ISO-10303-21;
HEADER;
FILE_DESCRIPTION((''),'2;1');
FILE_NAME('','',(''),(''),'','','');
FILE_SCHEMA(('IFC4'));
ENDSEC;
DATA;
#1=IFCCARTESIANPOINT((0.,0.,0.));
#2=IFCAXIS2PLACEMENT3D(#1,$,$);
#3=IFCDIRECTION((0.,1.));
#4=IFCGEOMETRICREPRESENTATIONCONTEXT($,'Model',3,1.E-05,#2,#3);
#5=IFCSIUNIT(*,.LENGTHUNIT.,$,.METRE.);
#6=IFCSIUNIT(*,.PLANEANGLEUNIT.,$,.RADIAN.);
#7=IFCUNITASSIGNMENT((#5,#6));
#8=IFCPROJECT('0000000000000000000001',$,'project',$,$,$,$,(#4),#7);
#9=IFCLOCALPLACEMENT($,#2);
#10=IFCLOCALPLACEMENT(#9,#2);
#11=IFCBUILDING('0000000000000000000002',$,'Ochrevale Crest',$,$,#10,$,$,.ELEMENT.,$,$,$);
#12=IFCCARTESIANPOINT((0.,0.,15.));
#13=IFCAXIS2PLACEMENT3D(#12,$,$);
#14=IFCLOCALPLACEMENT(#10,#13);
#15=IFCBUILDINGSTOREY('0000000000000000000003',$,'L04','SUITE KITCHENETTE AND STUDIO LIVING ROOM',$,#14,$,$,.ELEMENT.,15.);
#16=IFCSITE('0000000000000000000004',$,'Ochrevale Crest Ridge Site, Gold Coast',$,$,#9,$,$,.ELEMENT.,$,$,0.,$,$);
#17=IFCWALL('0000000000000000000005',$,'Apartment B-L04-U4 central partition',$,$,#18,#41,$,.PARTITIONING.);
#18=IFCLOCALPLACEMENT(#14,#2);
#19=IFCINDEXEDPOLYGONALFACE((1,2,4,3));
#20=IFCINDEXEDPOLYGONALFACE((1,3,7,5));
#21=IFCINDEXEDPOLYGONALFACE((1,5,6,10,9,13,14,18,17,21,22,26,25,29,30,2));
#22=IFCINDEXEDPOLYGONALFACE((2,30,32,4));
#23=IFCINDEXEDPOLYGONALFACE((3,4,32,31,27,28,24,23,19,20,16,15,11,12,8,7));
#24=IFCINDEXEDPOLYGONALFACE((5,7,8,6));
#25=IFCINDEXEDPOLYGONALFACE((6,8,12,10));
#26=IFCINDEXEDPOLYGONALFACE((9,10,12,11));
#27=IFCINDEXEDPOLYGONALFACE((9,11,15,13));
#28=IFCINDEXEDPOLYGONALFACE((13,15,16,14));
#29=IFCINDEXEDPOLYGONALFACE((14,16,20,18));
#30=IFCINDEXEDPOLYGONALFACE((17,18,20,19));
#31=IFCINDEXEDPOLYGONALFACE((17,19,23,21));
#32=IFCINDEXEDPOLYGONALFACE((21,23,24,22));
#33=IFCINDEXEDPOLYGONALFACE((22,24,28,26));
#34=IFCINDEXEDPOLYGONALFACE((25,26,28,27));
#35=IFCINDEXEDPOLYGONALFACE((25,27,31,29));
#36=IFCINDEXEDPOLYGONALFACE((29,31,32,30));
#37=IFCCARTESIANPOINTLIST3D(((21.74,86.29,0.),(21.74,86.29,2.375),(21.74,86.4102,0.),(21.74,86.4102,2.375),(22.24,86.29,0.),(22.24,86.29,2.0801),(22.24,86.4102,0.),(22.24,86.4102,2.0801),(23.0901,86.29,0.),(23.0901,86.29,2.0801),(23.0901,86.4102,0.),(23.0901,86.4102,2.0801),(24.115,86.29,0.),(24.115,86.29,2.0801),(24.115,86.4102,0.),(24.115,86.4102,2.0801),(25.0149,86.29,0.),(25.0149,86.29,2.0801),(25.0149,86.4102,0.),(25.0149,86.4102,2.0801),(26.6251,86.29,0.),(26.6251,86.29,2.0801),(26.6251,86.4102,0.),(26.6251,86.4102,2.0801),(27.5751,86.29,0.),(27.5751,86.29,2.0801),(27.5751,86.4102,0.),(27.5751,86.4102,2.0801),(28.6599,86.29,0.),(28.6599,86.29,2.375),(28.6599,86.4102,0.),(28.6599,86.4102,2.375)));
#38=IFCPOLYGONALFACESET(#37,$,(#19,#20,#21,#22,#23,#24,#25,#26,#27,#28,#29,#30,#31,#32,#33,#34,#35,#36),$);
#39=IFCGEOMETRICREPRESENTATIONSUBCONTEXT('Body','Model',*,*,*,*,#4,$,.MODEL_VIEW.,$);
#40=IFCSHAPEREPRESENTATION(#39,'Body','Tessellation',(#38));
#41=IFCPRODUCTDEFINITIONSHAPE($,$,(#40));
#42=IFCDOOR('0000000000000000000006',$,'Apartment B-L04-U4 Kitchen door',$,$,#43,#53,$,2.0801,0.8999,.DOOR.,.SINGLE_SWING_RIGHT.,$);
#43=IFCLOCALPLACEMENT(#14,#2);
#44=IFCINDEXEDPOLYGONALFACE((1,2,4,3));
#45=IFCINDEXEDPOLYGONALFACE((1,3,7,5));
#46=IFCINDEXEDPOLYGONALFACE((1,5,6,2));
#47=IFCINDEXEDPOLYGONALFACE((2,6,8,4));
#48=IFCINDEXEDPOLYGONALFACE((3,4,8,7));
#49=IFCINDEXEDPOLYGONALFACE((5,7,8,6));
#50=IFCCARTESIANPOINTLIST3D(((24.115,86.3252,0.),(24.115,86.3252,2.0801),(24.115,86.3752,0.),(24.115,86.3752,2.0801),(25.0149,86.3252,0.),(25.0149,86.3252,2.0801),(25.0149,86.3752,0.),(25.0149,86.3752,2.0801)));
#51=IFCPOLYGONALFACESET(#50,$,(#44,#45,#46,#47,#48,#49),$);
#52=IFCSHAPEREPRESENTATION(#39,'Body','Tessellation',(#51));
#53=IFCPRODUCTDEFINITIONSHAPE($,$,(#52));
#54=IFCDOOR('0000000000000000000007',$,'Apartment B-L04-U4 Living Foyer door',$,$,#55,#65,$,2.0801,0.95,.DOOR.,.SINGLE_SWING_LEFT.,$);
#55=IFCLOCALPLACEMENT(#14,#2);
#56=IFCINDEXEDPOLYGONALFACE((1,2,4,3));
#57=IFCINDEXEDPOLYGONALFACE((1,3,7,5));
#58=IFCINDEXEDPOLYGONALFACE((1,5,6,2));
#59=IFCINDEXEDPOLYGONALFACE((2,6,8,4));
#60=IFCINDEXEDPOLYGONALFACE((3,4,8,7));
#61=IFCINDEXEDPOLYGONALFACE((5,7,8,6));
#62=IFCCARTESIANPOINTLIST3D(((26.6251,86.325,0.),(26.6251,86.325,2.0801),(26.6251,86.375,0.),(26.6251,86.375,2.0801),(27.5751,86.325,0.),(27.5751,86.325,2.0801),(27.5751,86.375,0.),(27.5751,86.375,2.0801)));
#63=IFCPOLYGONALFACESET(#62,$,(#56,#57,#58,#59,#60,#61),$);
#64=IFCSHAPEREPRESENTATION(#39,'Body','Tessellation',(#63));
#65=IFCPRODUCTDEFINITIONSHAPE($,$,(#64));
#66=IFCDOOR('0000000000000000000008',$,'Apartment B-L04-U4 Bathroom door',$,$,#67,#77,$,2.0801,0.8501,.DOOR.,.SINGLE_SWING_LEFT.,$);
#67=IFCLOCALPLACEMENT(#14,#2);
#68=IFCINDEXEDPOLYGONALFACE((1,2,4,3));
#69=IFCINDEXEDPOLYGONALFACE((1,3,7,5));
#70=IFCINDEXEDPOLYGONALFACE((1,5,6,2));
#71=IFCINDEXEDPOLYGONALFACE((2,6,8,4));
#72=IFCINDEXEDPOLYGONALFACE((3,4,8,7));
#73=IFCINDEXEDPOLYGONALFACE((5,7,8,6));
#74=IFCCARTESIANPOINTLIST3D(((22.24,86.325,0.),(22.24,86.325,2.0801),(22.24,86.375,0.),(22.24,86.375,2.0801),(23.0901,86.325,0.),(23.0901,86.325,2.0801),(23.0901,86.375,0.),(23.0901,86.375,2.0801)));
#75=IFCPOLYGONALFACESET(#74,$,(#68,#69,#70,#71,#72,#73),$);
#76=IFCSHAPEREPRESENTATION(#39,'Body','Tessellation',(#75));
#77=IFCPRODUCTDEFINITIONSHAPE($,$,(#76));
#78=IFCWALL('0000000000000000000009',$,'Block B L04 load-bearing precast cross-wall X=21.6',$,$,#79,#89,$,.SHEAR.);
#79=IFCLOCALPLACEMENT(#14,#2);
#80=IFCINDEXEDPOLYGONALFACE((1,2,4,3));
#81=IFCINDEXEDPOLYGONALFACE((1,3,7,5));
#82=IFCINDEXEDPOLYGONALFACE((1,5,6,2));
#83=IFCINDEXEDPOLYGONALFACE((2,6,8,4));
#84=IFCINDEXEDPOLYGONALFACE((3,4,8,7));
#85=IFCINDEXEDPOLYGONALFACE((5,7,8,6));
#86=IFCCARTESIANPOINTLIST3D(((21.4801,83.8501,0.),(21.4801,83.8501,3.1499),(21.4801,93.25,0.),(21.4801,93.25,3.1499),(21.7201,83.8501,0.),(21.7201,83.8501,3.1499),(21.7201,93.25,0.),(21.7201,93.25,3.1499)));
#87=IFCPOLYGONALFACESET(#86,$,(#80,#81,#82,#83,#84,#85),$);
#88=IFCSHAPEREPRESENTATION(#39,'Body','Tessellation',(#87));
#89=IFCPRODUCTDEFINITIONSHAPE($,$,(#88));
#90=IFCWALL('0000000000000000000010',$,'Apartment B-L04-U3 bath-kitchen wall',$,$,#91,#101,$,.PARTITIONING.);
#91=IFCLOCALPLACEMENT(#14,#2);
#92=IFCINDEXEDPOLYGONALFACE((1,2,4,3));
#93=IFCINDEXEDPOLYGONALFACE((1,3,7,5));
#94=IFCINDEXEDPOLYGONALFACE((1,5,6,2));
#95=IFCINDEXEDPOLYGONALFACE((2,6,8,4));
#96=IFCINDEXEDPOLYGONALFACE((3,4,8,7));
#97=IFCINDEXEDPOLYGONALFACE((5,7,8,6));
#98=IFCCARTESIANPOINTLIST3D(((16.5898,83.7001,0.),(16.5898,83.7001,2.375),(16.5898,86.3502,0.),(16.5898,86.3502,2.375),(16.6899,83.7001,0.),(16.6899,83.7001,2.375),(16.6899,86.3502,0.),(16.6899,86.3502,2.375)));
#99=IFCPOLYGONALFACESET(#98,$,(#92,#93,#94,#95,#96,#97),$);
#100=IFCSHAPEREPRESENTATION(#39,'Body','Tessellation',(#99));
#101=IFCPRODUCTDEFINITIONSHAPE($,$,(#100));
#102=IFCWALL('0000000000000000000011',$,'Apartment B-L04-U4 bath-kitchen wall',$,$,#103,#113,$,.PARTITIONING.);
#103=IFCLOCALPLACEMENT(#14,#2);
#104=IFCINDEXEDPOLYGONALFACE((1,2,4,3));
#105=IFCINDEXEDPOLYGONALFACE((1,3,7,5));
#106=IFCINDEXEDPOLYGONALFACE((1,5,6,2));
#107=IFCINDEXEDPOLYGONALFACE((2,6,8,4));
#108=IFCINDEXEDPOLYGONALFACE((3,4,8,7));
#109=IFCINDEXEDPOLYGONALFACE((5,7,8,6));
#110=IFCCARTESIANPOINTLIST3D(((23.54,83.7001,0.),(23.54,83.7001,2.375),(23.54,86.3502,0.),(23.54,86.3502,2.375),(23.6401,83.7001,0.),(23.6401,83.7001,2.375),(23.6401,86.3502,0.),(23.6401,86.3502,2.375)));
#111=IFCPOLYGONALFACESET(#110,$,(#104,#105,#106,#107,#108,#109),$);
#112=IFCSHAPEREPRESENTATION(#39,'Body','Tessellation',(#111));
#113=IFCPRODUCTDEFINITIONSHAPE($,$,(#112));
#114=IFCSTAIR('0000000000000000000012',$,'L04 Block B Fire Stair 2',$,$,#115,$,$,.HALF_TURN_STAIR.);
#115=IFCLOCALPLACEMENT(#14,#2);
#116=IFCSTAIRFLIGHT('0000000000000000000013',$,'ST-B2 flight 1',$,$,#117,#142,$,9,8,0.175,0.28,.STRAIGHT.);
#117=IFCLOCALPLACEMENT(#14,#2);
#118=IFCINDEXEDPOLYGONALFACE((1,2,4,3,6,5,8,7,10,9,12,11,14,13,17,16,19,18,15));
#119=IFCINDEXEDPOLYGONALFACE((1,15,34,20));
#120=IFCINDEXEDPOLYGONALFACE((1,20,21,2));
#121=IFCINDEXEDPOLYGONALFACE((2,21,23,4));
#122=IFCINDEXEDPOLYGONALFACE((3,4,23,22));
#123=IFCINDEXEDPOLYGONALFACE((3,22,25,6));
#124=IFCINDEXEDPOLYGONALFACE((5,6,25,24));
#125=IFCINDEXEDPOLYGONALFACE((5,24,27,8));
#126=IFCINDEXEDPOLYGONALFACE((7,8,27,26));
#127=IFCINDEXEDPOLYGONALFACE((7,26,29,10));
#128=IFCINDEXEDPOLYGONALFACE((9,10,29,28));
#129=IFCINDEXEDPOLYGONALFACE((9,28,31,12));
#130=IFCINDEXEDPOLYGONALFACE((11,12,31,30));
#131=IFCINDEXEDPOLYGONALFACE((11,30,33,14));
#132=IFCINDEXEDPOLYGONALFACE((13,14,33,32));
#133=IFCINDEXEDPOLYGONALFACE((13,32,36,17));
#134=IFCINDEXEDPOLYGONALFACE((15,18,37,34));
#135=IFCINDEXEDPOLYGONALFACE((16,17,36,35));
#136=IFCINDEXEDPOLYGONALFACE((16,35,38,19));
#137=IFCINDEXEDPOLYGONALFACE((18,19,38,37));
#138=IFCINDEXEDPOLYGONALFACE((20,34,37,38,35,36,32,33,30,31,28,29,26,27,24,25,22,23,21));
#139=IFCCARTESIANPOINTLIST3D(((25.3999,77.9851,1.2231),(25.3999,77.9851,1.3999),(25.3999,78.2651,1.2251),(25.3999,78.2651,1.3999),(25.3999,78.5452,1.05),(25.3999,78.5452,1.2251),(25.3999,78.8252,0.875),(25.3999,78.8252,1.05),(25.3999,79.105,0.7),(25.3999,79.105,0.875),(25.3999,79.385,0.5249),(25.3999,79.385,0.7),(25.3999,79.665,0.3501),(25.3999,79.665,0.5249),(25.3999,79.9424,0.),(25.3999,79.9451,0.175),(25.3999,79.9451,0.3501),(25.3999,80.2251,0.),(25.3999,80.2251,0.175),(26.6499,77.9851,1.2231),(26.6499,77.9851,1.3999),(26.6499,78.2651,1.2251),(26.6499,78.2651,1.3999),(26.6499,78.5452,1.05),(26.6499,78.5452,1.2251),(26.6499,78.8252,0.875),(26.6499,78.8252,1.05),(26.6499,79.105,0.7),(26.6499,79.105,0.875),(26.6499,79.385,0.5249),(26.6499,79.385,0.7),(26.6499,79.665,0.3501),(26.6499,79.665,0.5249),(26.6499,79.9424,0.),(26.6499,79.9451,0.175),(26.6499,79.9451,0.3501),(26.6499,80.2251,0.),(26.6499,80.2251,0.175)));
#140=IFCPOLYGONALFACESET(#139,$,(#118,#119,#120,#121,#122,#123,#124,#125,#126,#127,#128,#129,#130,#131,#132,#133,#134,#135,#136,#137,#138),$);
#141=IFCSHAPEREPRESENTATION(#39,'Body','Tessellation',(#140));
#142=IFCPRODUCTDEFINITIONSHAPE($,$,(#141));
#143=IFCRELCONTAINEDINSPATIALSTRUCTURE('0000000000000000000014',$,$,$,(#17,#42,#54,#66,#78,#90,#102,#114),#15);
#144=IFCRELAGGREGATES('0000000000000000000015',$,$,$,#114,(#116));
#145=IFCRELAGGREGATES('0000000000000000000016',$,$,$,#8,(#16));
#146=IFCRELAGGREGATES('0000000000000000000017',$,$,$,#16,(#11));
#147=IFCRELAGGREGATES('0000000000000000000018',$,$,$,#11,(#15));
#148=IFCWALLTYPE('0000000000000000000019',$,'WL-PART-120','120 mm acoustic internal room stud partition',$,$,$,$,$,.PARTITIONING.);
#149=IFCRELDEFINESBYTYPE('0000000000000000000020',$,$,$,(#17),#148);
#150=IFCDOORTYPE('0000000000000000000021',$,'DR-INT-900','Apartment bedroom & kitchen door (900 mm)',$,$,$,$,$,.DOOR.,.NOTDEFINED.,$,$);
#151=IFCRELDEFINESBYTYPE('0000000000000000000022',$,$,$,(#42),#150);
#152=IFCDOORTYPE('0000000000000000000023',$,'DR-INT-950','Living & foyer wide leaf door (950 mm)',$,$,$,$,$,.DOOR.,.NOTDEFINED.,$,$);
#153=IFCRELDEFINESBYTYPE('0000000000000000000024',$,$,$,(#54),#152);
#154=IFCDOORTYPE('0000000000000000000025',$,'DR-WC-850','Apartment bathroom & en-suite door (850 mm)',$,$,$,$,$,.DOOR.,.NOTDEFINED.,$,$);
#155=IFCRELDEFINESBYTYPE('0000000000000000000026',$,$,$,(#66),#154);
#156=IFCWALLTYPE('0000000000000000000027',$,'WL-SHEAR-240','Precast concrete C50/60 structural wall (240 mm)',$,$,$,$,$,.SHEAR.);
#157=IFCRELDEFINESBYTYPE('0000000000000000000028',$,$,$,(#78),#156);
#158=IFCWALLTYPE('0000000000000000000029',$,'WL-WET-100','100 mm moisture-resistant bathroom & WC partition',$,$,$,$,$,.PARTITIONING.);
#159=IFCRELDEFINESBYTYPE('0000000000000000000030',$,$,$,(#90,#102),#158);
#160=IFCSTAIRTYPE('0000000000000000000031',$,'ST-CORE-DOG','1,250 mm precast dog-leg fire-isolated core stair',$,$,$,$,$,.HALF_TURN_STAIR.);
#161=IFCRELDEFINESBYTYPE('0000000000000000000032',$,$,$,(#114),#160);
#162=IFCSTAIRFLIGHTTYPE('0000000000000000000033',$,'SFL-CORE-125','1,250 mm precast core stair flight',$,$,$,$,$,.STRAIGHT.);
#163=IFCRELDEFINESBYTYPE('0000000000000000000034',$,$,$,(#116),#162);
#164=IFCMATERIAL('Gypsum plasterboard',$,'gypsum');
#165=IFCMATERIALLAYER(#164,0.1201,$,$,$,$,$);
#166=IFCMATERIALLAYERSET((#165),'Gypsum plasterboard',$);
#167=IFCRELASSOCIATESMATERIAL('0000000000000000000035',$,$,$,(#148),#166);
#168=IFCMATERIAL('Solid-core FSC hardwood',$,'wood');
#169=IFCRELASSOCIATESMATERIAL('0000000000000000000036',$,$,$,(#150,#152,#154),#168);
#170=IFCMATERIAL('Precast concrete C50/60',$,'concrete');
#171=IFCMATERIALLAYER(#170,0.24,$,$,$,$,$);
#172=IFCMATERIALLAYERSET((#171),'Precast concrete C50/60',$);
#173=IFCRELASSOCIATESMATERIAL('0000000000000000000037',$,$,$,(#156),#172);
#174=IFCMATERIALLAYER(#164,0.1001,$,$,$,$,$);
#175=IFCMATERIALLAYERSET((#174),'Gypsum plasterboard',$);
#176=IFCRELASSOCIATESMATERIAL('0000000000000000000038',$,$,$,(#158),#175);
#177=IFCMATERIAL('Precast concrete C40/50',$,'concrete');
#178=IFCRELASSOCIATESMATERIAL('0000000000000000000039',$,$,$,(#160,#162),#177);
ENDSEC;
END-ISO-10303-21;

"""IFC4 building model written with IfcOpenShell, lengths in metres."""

from ifc_helpers import new_model, si_unit, direction, frame, frame_2d, origin, place, context, subcontext, project, spatial, polyline, rectangle, outline, extrude, material, layer, layer_set, type_object, element, fill, aggregate, save


model = new_model("IFC4")

# Units and contexts
model_context = context("Model", 3, precision=1e-05, world=origin(), true_north=direction((0.0, 1.0)))
body_context = subcontext(model_context, "Body", "Model", "MODEL_VIEW")
ifc_project = project(units=[si_unit("LENGTHUNIT", "METRE"), si_unit("PLANEANGLEUNIT", "RADIAN")], contexts=[model_context])

# Site, building, storey
site_placement = place(None, origin())
site = spatial("IfcSite", under=ifc_project, at=site_placement, Name="Ochrevale Crest Ridge Site, Gold Coast", CompositionType="ELEMENT", RefElevation=0.0)
building_placement = place(site_placement, origin())
building = spatial("IfcBuilding", under=site, at=building_placement, Name="Ochrevale Crest", CompositionType="ELEMENT")
storey_placement = place(building_placement, frame((0.0, 0.0, 15.0)))
storey = spatial("IfcBuildingStorey", under=building, at=storey_placement, Name="L04", Description="SUITE KITCHENETTE AND STUDIO LIVING ROOM", CompositionType="ELEMENT", Elevation=15.0)

# Shared definitions
ifc_material_1 = material(Name="Precast concrete C50/60", Category="concrete")

# Shared definitions
ifc_material_2 = material(Name="Gypsum plasterboard", Category="gypsum")
ifc_material_3 = material(Name="Solid-core FSC hardwood", Category="wood")

# Shared definitions
ifc_layer_1 = layer(ifc_material_2, 0.1201)
ifc_layer_set_1 = layer_set([ifc_layer_1], Name="Gypsum plasterboard")
wall_type_1 = type_object("IfcWallType", Name="WL-PART-120", Description="120 mm acoustic internal room stud partition", PredefinedType="PARTITIONING", material=ifc_layer_set_1)

# Wall, openings, doors
wall_1_placement = place(storey_placement, frame((21.74, 86.3501, 0.0), z_axis=(0.0, 0.0, 1.0), x_axis=(1.0, 0.0, 0.0)))
wall_1 = element("IfcWall", 1, at=wall_1_placement, inside=storey, type_object=wall_type_1, Name="Apartment B-L04-U4 central partition", PredefinedType="PARTITIONING", context=body_context, shape_type="SweptSolid", body=[
    extrude(rectangle(XDim=6.9199, YDim=0.1201, at=frame_2d((3.46, 0.0))), origin(), (0.0, 0.0, 1.0), 2.375),
])
opening_1_placement = place(wall_1_placement, frame((0.5, 0.0, 0.0)))
opening_1 = element("IfcOpeningElement", 2, at=opening_1_placement, cuts=wall_1, PredefinedType="OPENING", context=body_context, shape_type="SweptSolid", body=[
    extrude(rectangle(XDim=0.8501, YDim=2.0801, at=frame_2d((0.425, 1.04))), frame((0.0, 0.0701, 0.0), z_axis=(0.0, -1.0, 0.0), x_axis=(1.0, 0.0, 0.0)), (0.0, 0.0, 1.0), 0.1401),
])
opening_2_placement = place(wall_1_placement, frame((3.2749, 0.0, 0.0), z_axis=(0.0, 0.0, 1.0), x_axis=(-1.0, 0.0, 0.0)))
opening_2 = element("IfcOpeningElement", 3, at=opening_2_placement, cuts=wall_1, PredefinedType="OPENING", context=body_context, shape_type="SweptSolid", body=[
    extrude(rectangle(XDim=0.8999, YDim=2.0801, at=frame_2d((0.45, 1.04))), frame((0.0, 0.0701, 0.0), z_axis=(0.0, -1.0, 0.0), x_axis=(1.0, 0.0, 0.0)), (0.0, 0.0, 1.0), 0.1401),
])
opening_3_placement = place(wall_1_placement, frame((4.885, 0.0, 0.0)))
opening_3 = element("IfcOpeningElement", 4, at=opening_3_placement, cuts=wall_1, PredefinedType="OPENING", context=body_context, shape_type="SweptSolid", body=[
    extrude(rectangle(XDim=0.95, YDim=2.0801, at=frame_2d((0.4751, 1.04))), frame((0.0, 0.0701, 0.0), z_axis=(0.0, -1.0, 0.0), x_axis=(1.0, 0.0, 0.0)), (0.0, 0.0, 1.0), 0.1401),
])
door_type_1 = type_object("IfcDoorType", Name="DR-INT-900", Description="Apartment bedroom & kitchen door (900 mm)", OperationType="NOTDEFINED", PredefinedType="DOOR", material=ifc_material_3)
door_1_placement = place(opening_2_placement, origin())
door_1 = element("IfcDoor", 5, at=door_1_placement, inside=storey, type_object=door_type_1, Name="Apartment B-L04-U4 Kitchen door", OperationType="SINGLE_SWING_RIGHT", OverallHeight=2.0801, OverallWidth=0.8999, PredefinedType="DOOR", context=body_context, shape_type="SweptSolid", body=[
    extrude(rectangle(XDim=0.8999, YDim=2.0801, at=frame_2d((0.45, 1.04))), frame((0.0, 0.0249, 0.0), z_axis=(0.0, -1.0, 0.0), x_axis=(1.0, 0.0, 0.0)), (0.0, 0.0, 1.0), 0.05),
])
fill(opening_2, door_1)
door_type_2 = type_object("IfcDoorType", Name="DR-INT-950", Description="Living & foyer wide leaf door (950 mm)", OperationType="NOTDEFINED", PredefinedType="DOOR", material=ifc_material_3)
door_2_placement = place(opening_3_placement, origin())
door_2 = element("IfcDoor", 6, at=door_2_placement, inside=storey, type_object=door_type_2, Name="Apartment B-L04-U4 Living Foyer door", OperationType="SINGLE_SWING_LEFT", OverallHeight=2.0801, OverallWidth=0.95, PredefinedType="DOOR", context=body_context, shape_type="SweptSolid", body=[
    extrude(rectangle(XDim=0.95, YDim=2.0801, at=frame_2d((0.4751, 1.04))), frame((0.0, 0.0249, 0.0), z_axis=(0.0, -1.0, 0.0), x_axis=(1.0, 0.0, 0.0)), (0.0, 0.0, 1.0), 0.05),
])
fill(opening_3, door_2)
door_type_3 = type_object("IfcDoorType", Name="DR-WC-850", Description="Apartment bathroom & en-suite door (850 mm)", OperationType="NOTDEFINED", PredefinedType="DOOR", material=ifc_material_3)
door_3_placement = place(opening_1_placement, origin())
door_3 = element("IfcDoor", 7, at=door_3_placement, inside=storey, type_object=door_type_3, Name="Apartment B-L04-U4 Bathroom door", OperationType="SINGLE_SWING_LEFT", OverallHeight=2.0801, OverallWidth=0.8501, PredefinedType="DOOR", context=body_context, shape_type="SweptSolid", body=[
    extrude(rectangle(XDim=0.8501, YDim=2.0801, at=frame_2d((0.425, 1.04))), frame((0.0, 0.0249, 0.0), z_axis=(0.0, -1.0, 0.0), x_axis=(1.0, 0.0, 0.0)), (0.0, 0.0, 1.0), 0.05),
])
fill(opening_1, door_3)

# Walls
ifc_layer_2 = layer(ifc_material_1, 0.24)
ifc_layer_set_2 = layer_set([ifc_layer_2], Name="Precast concrete C50/60")
wall_type_2 = type_object("IfcWallType", Name="WL-SHEAR-240", Description="Precast concrete C50/60 structural wall (240 mm)", PredefinedType="SHEAR", material=ifc_layer_set_2)
wall_2_placement = place(storey_placement, frame((21.6001, 83.8501, 0.0), z_axis=(0.0, 0.0, 1.0), x_axis=(0.0, 1.0, 0.0)))
element("IfcWall", 8, at=wall_2_placement, inside=storey, type_object=wall_type_2, Name="Block B L04 load-bearing precast cross-wall X=21.6", PredefinedType="SHEAR", context=body_context, shape_type="SweptSolid", body=[
    extrude(rectangle(XDim=9.3999, YDim=0.24, at=frame_2d((4.7, 0.0))), origin(), (0.0, 0.0, 1.0), 3.1499),
])
ifc_layer_3 = layer(ifc_material_2, 0.1001)
ifc_layer_set_3 = layer_set([ifc_layer_3], Name="Gypsum plasterboard")
wall_type_3 = type_object("IfcWallType", Name="WL-WET-100", Description="100 mm moisture-resistant bathroom & WC partition", PredefinedType="PARTITIONING", material=ifc_layer_set_3)
for number, where, z_axis, x_axis, name in (
    (9, (16.6399, 83.7, 0.0), (0.0, 0.0, 1.0), (0.0, 1.0, 0.0), "Apartment B-L04-U3 bath-kitchen wall"),
    (10, (23.5901, 83.7, 0.0), (0.0, 0.0, 1.0), (0.0, 1.0, 0.0), "Apartment B-L04-U4 bath-kitchen wall"),
):
    element("IfcWall", number, at=place(storey_placement, frame(where, z_axis=z_axis, x_axis=x_axis)), inside=storey, type_object=wall_type_3, Name=name, PredefinedType="PARTITIONING", context=body_context, shape_type="SweptSolid", body=[
        extrude(rectangle(XDim=2.6501, YDim=0.1001, at=frame_2d((1.3252, 0.0))), origin(), (0.0, 0.0, 1.0), 2.375),
    ])

# Stair, stair flight
ifc_material_4 = material(Name="Precast concrete C40/50", Category="concrete")
stair_type = type_object("IfcStairType", Name="ST-CORE-DOG", Description="1,250 mm precast dog-leg fire-isolated core stair", PredefinedType="HALF_TURN_STAIR", material=ifc_material_4)
stair_placement = place(storey_placement, origin())
stair = element("IfcStair", 11, at=stair_placement, inside=storey, type_object=stair_type, Name="L04 Block B Fire Stair 2", PredefinedType="HALF_TURN_STAIR")
stair_flight_type = type_object("IfcStairFlightType", Name="SFL-CORE-125", Description="1,250 mm precast core stair flight", PredefinedType="STRAIGHT", material=ifc_material_4)
stair_flight_placement = place(storey_placement, frame((26.0249, 80.2251, 0.0), z_axis=(0.0, 0.0, 1.0), x_axis=(0.0, -1.0, 0.0)))
stair_flight = element("IfcStairFlight", 12, at=stair_flight_placement, type_object=stair_flight_type, Name="ST-B2 flight 1", NumberOfRisers=9, NumberOfTreads=8, PredefinedType="STRAIGHT", RiserHeight=0.175, TreadLength=0.28, context=body_context, shape_type="SweptSolid", body=[
    extrude(outline(polyline([(0.0, 0.0), (0.0, 0.175), (0.28, 0.175), (0.28, 0.3501), (0.5601, 0.3501), (0.5601, 0.5249), (0.8401, 0.5249), (0.8401, 0.7), (1.1201, 0.7), (1.1201, 0.875), (1.3999, 0.875), (1.3999, 1.05), (1.6799, 1.05), (1.6799, 1.2251), (1.96, 1.2251), (1.96, 1.3999), (2.24, 1.3999), (2.24, 1.575), (2.24, 1.2231), (0.2827, 0.0), (0.0, 0.0)])), frame((0.0, 0.625, 0.0), z_axis=(0.0, -1.0, 0.0), x_axis=(1.0, 0.0, 0.0)), (0.0, 0.0, 1.0), 1.25),
])
aggregate(stair, [stair_flight])

save(model, "model.ifc")
